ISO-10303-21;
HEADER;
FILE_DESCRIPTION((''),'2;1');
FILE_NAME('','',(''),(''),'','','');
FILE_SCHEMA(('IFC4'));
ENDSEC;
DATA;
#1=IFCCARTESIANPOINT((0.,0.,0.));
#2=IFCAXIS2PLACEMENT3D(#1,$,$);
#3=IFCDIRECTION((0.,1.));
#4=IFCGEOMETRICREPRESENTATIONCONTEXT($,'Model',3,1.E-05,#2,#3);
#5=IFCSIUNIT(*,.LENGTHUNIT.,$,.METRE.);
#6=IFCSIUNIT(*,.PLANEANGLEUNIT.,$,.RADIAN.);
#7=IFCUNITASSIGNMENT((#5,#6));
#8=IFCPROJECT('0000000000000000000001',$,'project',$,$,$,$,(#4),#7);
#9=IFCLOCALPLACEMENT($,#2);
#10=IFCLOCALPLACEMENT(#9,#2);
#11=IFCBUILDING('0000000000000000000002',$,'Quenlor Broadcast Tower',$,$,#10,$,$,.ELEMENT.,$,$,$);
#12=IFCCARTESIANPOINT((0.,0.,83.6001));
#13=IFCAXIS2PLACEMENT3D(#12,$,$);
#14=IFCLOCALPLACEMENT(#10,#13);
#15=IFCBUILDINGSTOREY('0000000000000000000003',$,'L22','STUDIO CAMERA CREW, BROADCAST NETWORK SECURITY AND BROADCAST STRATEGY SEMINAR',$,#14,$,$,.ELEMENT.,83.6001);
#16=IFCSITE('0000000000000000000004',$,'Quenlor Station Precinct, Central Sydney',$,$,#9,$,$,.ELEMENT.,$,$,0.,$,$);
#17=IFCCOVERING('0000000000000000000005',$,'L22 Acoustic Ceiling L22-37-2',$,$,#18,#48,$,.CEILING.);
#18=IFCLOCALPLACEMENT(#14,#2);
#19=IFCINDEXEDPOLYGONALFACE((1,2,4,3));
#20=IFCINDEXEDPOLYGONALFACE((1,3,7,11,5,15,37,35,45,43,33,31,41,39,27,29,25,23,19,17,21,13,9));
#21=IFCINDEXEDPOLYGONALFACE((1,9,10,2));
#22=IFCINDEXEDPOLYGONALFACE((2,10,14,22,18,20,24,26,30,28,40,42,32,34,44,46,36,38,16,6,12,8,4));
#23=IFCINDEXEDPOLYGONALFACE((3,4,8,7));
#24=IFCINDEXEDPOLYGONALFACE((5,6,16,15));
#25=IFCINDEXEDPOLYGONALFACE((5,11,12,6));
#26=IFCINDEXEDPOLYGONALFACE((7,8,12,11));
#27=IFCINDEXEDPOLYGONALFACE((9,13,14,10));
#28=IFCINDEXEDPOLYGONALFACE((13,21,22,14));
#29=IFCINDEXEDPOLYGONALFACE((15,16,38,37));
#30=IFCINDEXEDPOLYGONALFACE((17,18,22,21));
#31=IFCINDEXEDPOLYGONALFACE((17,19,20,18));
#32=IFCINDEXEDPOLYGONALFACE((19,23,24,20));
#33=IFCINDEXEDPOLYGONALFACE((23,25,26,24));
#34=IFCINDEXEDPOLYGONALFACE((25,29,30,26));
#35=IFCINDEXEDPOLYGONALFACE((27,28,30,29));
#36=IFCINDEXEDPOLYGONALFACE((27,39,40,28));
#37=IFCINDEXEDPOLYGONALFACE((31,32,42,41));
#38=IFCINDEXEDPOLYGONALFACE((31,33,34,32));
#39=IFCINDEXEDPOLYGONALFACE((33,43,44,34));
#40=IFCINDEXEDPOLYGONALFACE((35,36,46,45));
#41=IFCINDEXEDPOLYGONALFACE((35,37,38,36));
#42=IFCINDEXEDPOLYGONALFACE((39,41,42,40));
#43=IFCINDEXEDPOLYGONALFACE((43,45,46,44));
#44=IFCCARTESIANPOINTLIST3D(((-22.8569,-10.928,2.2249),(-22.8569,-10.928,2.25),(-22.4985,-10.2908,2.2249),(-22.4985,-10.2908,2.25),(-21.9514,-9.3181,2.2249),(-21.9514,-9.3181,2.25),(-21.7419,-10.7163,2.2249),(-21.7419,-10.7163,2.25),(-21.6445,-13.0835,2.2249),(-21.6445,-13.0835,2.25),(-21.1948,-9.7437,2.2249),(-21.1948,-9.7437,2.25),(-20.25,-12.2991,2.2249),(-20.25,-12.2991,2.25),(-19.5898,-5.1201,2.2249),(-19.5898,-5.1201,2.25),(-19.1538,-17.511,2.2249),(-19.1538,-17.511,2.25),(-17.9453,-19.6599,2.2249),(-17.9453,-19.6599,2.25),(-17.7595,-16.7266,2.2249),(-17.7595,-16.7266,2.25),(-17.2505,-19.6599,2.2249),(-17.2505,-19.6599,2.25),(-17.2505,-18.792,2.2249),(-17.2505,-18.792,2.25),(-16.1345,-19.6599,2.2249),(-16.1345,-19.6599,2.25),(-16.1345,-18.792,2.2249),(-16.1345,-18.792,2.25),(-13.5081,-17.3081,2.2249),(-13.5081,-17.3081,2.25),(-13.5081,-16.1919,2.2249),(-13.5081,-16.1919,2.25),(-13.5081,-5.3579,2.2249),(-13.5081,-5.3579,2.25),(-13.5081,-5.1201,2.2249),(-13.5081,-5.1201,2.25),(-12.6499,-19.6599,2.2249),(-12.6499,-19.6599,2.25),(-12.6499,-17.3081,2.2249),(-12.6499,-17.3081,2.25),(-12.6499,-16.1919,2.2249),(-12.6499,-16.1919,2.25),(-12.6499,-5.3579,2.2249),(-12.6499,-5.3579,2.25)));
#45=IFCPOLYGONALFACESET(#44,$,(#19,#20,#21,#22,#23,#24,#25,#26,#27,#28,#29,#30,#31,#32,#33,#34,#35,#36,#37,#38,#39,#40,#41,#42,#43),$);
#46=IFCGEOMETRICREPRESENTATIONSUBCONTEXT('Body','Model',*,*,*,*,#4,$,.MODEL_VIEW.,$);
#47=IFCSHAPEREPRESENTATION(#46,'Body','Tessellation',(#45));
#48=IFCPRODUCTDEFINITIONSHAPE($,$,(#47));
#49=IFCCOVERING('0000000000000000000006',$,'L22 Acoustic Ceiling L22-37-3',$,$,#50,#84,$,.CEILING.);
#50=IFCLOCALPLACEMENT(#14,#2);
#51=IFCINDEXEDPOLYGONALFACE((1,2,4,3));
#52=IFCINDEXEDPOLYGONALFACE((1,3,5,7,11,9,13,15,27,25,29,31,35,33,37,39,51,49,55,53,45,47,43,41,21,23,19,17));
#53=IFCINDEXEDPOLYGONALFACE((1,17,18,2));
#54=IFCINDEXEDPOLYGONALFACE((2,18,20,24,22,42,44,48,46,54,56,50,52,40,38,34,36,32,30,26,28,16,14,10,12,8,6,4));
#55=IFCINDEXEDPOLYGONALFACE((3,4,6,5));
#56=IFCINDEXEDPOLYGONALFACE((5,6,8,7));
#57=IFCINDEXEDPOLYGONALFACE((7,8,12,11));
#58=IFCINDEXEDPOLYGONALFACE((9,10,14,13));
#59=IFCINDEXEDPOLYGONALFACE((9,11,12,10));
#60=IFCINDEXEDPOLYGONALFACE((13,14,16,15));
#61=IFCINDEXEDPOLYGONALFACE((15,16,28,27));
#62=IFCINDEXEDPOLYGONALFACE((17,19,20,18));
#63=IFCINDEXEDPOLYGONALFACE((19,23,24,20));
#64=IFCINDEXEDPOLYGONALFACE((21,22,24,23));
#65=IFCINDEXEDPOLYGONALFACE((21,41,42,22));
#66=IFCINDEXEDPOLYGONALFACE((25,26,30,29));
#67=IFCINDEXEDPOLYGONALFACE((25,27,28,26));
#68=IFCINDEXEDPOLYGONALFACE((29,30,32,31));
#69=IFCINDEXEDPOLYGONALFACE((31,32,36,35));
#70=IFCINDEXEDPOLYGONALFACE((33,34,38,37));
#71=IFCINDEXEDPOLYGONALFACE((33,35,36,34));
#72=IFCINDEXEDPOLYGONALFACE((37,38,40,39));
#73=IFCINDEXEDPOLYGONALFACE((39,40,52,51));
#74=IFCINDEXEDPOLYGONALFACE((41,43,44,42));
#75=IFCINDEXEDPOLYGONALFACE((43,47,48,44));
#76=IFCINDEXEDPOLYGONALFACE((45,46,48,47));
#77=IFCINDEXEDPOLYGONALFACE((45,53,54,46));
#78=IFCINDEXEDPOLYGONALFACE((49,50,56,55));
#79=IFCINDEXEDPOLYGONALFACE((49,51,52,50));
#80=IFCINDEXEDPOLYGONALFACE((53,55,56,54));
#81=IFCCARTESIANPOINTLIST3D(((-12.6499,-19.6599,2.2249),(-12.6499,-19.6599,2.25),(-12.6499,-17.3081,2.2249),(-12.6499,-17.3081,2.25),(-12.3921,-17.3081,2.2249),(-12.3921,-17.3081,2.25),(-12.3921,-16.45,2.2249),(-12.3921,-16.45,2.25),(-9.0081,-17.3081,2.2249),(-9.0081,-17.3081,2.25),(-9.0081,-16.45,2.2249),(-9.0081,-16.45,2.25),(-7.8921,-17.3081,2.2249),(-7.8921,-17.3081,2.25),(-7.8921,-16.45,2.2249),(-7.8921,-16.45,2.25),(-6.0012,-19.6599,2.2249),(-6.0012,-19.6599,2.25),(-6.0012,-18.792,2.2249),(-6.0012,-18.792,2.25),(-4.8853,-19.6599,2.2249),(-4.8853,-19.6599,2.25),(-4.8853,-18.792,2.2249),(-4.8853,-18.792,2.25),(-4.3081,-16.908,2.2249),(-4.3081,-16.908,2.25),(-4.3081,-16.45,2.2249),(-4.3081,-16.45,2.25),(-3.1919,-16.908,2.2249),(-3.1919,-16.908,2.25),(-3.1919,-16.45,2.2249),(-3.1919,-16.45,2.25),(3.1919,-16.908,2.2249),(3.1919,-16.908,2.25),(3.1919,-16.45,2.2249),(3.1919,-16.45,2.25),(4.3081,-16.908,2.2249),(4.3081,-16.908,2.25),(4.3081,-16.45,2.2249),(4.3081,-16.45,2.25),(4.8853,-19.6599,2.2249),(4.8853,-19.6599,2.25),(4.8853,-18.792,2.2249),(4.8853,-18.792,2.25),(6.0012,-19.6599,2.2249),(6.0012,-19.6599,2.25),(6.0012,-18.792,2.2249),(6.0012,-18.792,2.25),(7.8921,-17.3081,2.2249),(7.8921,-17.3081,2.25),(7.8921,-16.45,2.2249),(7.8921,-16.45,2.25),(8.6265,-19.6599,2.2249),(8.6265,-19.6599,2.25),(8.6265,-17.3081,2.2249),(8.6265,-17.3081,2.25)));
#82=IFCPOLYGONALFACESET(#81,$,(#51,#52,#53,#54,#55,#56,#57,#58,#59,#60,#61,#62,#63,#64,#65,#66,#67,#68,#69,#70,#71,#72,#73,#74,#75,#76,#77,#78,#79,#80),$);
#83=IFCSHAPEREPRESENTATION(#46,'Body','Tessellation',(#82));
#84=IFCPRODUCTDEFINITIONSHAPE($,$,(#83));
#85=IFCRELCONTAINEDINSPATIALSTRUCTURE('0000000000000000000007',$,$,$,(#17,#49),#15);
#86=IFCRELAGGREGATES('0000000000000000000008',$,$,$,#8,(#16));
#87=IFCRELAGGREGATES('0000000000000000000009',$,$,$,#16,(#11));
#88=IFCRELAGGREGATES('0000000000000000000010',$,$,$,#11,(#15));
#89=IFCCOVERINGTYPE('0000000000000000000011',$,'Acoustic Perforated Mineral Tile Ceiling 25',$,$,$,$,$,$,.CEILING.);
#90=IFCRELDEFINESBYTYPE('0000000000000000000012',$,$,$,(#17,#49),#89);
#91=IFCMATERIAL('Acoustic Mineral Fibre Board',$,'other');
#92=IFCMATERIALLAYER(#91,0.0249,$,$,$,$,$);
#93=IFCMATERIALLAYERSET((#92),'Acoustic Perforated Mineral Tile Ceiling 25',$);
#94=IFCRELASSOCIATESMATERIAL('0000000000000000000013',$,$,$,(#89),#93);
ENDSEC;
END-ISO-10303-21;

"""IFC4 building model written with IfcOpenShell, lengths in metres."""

from ifc_helpers import new_model, si_unit, direction, frame, origin, place, context, subcontext, project, spatial, polyline, outline, extrude, material, layer, layer_set, type_object, element, save


model = new_model("IFC4")

# Units and contexts
model_context = context("Model", 3, precision=1e-05, world=origin(), true_north=direction((0.0, 1.0)))
body_context = subcontext(model_context, "Body", "Model", "MODEL_VIEW")
ifc_project = project(units=[si_unit("LENGTHUNIT", "METRE"), si_unit("PLANEANGLEUNIT", "RADIAN")], contexts=[model_context])

# Site, building, storey
site_placement = place(None, origin())
site = spatial("IfcSite", under=ifc_project, at=site_placement, Name="Quenlor Station Precinct, Central Sydney", CompositionType="ELEMENT", RefElevation=0.0)
building_placement = place(site_placement, origin())
building = spatial("IfcBuilding", under=site, at=building_placement, Name="Quenlor Broadcast Tower", CompositionType="ELEMENT")
storey_placement = place(building_placement, frame((0.0, 0.0, 83.6001)))
storey = spatial("IfcBuildingStorey", under=building, at=storey_placement, Name="L22", Description="STUDIO CAMERA CREW, BROADCAST NETWORK SECURITY AND BROADCAST STRATEGY SEMINAR", CompositionType="ELEMENT", Elevation=83.6001)

# Coverings
ifc_material_1 = material(Name="Acoustic Mineral Fibre Board", Category="other")
ifc_layer_1 = layer(ifc_material_1, 0.0249)
ifc_layer_set_1 = layer_set([ifc_layer_1], Name="Acoustic Perforated Mineral Tile Ceiling 25")
covering_type = type_object("IfcCoveringType", Name="Acoustic Perforated Mineral Tile Ceiling 25", PredefinedType="CEILING", material=ifc_layer_set_1)
covering_1_placement = place(storey_placement, frame((0.0, 0.0, 2.2249)))
element("IfcCovering", 1, at=covering_1_placement, inside=storey, type_object=covering_type, Name="L22 Acoustic Ceiling L22-37-2", PredefinedType="CEILING", context=body_context, shape_type="SweptSolid", body=[
    extrude(outline(polyline([(-13.5081, -5.3579), (-12.6499, -5.3579), (-12.6499, -16.1919), (-13.5081, -16.1919), (-13.5081, -17.3081), (-12.6499, -17.3081), (-12.6499, -19.6599), (-16.1345, -19.6599), (-16.1345, -18.792), (-17.2505, -18.792), (-17.2505, -19.6599), (-17.9453, -19.6599), (-19.1538, -17.511), (-17.7595, -16.7266), (-20.25, -12.2991), (-21.6445, -13.0835), (-22.8569, -10.928), (-22.4985, -10.2908), (-21.7419, -10.7163), (-21.1948, -9.7437), (-21.9514, -9.3181), (-19.5898, -5.1201), (-13.5081, -5.1201), (-13.5081, -5.3579)])), origin(), (0.0, 0.0, 1.0), 0.0251),
])
covering_2_placement = place(storey_placement, frame((0.0, 0.0, 2.2249)))
element("IfcCovering", 2, at=covering_2_placement, inside=storey, type_object=covering_type, Name="L22 Acoustic Ceiling L22-37-3", PredefinedType="CEILING", context=body_context, shape_type="SweptSolid", body=[
    extrude(outline(polyline([(-12.3921, -17.3081), (-12.3921, -16.45), (-9.0081, -16.45), (-9.0081, -17.3081), (-7.8921, -17.3081), (-7.8921, -16.45), (-4.3081, -16.45), (-4.3081, -16.908), (-3.1919, -16.908), (-3.1919, -16.45), (3.1919, -16.45), (3.1919, -16.908), (4.3081, -16.908), (4.3081, -16.45), (7.8921, -16.45), (7.8921, -17.3081), (8.6265, -17.3081), (8.6265, -19.6599), (6.0012, -19.6599), (6.0012, -18.792), (4.8853, -18.792), (4.8853, -19.6599), (-4.8853, -19.6599), (-4.8853, -18.792), (-6.0012, -18.792), (-6.0012, -19.6599), (-12.6499, -19.6599), (-12.6499, -17.3081), (-12.3921, -17.3081)])), origin(), (0.0, 0.0, 1.0), 0.0251),
])

save(model, "model.ifc")
